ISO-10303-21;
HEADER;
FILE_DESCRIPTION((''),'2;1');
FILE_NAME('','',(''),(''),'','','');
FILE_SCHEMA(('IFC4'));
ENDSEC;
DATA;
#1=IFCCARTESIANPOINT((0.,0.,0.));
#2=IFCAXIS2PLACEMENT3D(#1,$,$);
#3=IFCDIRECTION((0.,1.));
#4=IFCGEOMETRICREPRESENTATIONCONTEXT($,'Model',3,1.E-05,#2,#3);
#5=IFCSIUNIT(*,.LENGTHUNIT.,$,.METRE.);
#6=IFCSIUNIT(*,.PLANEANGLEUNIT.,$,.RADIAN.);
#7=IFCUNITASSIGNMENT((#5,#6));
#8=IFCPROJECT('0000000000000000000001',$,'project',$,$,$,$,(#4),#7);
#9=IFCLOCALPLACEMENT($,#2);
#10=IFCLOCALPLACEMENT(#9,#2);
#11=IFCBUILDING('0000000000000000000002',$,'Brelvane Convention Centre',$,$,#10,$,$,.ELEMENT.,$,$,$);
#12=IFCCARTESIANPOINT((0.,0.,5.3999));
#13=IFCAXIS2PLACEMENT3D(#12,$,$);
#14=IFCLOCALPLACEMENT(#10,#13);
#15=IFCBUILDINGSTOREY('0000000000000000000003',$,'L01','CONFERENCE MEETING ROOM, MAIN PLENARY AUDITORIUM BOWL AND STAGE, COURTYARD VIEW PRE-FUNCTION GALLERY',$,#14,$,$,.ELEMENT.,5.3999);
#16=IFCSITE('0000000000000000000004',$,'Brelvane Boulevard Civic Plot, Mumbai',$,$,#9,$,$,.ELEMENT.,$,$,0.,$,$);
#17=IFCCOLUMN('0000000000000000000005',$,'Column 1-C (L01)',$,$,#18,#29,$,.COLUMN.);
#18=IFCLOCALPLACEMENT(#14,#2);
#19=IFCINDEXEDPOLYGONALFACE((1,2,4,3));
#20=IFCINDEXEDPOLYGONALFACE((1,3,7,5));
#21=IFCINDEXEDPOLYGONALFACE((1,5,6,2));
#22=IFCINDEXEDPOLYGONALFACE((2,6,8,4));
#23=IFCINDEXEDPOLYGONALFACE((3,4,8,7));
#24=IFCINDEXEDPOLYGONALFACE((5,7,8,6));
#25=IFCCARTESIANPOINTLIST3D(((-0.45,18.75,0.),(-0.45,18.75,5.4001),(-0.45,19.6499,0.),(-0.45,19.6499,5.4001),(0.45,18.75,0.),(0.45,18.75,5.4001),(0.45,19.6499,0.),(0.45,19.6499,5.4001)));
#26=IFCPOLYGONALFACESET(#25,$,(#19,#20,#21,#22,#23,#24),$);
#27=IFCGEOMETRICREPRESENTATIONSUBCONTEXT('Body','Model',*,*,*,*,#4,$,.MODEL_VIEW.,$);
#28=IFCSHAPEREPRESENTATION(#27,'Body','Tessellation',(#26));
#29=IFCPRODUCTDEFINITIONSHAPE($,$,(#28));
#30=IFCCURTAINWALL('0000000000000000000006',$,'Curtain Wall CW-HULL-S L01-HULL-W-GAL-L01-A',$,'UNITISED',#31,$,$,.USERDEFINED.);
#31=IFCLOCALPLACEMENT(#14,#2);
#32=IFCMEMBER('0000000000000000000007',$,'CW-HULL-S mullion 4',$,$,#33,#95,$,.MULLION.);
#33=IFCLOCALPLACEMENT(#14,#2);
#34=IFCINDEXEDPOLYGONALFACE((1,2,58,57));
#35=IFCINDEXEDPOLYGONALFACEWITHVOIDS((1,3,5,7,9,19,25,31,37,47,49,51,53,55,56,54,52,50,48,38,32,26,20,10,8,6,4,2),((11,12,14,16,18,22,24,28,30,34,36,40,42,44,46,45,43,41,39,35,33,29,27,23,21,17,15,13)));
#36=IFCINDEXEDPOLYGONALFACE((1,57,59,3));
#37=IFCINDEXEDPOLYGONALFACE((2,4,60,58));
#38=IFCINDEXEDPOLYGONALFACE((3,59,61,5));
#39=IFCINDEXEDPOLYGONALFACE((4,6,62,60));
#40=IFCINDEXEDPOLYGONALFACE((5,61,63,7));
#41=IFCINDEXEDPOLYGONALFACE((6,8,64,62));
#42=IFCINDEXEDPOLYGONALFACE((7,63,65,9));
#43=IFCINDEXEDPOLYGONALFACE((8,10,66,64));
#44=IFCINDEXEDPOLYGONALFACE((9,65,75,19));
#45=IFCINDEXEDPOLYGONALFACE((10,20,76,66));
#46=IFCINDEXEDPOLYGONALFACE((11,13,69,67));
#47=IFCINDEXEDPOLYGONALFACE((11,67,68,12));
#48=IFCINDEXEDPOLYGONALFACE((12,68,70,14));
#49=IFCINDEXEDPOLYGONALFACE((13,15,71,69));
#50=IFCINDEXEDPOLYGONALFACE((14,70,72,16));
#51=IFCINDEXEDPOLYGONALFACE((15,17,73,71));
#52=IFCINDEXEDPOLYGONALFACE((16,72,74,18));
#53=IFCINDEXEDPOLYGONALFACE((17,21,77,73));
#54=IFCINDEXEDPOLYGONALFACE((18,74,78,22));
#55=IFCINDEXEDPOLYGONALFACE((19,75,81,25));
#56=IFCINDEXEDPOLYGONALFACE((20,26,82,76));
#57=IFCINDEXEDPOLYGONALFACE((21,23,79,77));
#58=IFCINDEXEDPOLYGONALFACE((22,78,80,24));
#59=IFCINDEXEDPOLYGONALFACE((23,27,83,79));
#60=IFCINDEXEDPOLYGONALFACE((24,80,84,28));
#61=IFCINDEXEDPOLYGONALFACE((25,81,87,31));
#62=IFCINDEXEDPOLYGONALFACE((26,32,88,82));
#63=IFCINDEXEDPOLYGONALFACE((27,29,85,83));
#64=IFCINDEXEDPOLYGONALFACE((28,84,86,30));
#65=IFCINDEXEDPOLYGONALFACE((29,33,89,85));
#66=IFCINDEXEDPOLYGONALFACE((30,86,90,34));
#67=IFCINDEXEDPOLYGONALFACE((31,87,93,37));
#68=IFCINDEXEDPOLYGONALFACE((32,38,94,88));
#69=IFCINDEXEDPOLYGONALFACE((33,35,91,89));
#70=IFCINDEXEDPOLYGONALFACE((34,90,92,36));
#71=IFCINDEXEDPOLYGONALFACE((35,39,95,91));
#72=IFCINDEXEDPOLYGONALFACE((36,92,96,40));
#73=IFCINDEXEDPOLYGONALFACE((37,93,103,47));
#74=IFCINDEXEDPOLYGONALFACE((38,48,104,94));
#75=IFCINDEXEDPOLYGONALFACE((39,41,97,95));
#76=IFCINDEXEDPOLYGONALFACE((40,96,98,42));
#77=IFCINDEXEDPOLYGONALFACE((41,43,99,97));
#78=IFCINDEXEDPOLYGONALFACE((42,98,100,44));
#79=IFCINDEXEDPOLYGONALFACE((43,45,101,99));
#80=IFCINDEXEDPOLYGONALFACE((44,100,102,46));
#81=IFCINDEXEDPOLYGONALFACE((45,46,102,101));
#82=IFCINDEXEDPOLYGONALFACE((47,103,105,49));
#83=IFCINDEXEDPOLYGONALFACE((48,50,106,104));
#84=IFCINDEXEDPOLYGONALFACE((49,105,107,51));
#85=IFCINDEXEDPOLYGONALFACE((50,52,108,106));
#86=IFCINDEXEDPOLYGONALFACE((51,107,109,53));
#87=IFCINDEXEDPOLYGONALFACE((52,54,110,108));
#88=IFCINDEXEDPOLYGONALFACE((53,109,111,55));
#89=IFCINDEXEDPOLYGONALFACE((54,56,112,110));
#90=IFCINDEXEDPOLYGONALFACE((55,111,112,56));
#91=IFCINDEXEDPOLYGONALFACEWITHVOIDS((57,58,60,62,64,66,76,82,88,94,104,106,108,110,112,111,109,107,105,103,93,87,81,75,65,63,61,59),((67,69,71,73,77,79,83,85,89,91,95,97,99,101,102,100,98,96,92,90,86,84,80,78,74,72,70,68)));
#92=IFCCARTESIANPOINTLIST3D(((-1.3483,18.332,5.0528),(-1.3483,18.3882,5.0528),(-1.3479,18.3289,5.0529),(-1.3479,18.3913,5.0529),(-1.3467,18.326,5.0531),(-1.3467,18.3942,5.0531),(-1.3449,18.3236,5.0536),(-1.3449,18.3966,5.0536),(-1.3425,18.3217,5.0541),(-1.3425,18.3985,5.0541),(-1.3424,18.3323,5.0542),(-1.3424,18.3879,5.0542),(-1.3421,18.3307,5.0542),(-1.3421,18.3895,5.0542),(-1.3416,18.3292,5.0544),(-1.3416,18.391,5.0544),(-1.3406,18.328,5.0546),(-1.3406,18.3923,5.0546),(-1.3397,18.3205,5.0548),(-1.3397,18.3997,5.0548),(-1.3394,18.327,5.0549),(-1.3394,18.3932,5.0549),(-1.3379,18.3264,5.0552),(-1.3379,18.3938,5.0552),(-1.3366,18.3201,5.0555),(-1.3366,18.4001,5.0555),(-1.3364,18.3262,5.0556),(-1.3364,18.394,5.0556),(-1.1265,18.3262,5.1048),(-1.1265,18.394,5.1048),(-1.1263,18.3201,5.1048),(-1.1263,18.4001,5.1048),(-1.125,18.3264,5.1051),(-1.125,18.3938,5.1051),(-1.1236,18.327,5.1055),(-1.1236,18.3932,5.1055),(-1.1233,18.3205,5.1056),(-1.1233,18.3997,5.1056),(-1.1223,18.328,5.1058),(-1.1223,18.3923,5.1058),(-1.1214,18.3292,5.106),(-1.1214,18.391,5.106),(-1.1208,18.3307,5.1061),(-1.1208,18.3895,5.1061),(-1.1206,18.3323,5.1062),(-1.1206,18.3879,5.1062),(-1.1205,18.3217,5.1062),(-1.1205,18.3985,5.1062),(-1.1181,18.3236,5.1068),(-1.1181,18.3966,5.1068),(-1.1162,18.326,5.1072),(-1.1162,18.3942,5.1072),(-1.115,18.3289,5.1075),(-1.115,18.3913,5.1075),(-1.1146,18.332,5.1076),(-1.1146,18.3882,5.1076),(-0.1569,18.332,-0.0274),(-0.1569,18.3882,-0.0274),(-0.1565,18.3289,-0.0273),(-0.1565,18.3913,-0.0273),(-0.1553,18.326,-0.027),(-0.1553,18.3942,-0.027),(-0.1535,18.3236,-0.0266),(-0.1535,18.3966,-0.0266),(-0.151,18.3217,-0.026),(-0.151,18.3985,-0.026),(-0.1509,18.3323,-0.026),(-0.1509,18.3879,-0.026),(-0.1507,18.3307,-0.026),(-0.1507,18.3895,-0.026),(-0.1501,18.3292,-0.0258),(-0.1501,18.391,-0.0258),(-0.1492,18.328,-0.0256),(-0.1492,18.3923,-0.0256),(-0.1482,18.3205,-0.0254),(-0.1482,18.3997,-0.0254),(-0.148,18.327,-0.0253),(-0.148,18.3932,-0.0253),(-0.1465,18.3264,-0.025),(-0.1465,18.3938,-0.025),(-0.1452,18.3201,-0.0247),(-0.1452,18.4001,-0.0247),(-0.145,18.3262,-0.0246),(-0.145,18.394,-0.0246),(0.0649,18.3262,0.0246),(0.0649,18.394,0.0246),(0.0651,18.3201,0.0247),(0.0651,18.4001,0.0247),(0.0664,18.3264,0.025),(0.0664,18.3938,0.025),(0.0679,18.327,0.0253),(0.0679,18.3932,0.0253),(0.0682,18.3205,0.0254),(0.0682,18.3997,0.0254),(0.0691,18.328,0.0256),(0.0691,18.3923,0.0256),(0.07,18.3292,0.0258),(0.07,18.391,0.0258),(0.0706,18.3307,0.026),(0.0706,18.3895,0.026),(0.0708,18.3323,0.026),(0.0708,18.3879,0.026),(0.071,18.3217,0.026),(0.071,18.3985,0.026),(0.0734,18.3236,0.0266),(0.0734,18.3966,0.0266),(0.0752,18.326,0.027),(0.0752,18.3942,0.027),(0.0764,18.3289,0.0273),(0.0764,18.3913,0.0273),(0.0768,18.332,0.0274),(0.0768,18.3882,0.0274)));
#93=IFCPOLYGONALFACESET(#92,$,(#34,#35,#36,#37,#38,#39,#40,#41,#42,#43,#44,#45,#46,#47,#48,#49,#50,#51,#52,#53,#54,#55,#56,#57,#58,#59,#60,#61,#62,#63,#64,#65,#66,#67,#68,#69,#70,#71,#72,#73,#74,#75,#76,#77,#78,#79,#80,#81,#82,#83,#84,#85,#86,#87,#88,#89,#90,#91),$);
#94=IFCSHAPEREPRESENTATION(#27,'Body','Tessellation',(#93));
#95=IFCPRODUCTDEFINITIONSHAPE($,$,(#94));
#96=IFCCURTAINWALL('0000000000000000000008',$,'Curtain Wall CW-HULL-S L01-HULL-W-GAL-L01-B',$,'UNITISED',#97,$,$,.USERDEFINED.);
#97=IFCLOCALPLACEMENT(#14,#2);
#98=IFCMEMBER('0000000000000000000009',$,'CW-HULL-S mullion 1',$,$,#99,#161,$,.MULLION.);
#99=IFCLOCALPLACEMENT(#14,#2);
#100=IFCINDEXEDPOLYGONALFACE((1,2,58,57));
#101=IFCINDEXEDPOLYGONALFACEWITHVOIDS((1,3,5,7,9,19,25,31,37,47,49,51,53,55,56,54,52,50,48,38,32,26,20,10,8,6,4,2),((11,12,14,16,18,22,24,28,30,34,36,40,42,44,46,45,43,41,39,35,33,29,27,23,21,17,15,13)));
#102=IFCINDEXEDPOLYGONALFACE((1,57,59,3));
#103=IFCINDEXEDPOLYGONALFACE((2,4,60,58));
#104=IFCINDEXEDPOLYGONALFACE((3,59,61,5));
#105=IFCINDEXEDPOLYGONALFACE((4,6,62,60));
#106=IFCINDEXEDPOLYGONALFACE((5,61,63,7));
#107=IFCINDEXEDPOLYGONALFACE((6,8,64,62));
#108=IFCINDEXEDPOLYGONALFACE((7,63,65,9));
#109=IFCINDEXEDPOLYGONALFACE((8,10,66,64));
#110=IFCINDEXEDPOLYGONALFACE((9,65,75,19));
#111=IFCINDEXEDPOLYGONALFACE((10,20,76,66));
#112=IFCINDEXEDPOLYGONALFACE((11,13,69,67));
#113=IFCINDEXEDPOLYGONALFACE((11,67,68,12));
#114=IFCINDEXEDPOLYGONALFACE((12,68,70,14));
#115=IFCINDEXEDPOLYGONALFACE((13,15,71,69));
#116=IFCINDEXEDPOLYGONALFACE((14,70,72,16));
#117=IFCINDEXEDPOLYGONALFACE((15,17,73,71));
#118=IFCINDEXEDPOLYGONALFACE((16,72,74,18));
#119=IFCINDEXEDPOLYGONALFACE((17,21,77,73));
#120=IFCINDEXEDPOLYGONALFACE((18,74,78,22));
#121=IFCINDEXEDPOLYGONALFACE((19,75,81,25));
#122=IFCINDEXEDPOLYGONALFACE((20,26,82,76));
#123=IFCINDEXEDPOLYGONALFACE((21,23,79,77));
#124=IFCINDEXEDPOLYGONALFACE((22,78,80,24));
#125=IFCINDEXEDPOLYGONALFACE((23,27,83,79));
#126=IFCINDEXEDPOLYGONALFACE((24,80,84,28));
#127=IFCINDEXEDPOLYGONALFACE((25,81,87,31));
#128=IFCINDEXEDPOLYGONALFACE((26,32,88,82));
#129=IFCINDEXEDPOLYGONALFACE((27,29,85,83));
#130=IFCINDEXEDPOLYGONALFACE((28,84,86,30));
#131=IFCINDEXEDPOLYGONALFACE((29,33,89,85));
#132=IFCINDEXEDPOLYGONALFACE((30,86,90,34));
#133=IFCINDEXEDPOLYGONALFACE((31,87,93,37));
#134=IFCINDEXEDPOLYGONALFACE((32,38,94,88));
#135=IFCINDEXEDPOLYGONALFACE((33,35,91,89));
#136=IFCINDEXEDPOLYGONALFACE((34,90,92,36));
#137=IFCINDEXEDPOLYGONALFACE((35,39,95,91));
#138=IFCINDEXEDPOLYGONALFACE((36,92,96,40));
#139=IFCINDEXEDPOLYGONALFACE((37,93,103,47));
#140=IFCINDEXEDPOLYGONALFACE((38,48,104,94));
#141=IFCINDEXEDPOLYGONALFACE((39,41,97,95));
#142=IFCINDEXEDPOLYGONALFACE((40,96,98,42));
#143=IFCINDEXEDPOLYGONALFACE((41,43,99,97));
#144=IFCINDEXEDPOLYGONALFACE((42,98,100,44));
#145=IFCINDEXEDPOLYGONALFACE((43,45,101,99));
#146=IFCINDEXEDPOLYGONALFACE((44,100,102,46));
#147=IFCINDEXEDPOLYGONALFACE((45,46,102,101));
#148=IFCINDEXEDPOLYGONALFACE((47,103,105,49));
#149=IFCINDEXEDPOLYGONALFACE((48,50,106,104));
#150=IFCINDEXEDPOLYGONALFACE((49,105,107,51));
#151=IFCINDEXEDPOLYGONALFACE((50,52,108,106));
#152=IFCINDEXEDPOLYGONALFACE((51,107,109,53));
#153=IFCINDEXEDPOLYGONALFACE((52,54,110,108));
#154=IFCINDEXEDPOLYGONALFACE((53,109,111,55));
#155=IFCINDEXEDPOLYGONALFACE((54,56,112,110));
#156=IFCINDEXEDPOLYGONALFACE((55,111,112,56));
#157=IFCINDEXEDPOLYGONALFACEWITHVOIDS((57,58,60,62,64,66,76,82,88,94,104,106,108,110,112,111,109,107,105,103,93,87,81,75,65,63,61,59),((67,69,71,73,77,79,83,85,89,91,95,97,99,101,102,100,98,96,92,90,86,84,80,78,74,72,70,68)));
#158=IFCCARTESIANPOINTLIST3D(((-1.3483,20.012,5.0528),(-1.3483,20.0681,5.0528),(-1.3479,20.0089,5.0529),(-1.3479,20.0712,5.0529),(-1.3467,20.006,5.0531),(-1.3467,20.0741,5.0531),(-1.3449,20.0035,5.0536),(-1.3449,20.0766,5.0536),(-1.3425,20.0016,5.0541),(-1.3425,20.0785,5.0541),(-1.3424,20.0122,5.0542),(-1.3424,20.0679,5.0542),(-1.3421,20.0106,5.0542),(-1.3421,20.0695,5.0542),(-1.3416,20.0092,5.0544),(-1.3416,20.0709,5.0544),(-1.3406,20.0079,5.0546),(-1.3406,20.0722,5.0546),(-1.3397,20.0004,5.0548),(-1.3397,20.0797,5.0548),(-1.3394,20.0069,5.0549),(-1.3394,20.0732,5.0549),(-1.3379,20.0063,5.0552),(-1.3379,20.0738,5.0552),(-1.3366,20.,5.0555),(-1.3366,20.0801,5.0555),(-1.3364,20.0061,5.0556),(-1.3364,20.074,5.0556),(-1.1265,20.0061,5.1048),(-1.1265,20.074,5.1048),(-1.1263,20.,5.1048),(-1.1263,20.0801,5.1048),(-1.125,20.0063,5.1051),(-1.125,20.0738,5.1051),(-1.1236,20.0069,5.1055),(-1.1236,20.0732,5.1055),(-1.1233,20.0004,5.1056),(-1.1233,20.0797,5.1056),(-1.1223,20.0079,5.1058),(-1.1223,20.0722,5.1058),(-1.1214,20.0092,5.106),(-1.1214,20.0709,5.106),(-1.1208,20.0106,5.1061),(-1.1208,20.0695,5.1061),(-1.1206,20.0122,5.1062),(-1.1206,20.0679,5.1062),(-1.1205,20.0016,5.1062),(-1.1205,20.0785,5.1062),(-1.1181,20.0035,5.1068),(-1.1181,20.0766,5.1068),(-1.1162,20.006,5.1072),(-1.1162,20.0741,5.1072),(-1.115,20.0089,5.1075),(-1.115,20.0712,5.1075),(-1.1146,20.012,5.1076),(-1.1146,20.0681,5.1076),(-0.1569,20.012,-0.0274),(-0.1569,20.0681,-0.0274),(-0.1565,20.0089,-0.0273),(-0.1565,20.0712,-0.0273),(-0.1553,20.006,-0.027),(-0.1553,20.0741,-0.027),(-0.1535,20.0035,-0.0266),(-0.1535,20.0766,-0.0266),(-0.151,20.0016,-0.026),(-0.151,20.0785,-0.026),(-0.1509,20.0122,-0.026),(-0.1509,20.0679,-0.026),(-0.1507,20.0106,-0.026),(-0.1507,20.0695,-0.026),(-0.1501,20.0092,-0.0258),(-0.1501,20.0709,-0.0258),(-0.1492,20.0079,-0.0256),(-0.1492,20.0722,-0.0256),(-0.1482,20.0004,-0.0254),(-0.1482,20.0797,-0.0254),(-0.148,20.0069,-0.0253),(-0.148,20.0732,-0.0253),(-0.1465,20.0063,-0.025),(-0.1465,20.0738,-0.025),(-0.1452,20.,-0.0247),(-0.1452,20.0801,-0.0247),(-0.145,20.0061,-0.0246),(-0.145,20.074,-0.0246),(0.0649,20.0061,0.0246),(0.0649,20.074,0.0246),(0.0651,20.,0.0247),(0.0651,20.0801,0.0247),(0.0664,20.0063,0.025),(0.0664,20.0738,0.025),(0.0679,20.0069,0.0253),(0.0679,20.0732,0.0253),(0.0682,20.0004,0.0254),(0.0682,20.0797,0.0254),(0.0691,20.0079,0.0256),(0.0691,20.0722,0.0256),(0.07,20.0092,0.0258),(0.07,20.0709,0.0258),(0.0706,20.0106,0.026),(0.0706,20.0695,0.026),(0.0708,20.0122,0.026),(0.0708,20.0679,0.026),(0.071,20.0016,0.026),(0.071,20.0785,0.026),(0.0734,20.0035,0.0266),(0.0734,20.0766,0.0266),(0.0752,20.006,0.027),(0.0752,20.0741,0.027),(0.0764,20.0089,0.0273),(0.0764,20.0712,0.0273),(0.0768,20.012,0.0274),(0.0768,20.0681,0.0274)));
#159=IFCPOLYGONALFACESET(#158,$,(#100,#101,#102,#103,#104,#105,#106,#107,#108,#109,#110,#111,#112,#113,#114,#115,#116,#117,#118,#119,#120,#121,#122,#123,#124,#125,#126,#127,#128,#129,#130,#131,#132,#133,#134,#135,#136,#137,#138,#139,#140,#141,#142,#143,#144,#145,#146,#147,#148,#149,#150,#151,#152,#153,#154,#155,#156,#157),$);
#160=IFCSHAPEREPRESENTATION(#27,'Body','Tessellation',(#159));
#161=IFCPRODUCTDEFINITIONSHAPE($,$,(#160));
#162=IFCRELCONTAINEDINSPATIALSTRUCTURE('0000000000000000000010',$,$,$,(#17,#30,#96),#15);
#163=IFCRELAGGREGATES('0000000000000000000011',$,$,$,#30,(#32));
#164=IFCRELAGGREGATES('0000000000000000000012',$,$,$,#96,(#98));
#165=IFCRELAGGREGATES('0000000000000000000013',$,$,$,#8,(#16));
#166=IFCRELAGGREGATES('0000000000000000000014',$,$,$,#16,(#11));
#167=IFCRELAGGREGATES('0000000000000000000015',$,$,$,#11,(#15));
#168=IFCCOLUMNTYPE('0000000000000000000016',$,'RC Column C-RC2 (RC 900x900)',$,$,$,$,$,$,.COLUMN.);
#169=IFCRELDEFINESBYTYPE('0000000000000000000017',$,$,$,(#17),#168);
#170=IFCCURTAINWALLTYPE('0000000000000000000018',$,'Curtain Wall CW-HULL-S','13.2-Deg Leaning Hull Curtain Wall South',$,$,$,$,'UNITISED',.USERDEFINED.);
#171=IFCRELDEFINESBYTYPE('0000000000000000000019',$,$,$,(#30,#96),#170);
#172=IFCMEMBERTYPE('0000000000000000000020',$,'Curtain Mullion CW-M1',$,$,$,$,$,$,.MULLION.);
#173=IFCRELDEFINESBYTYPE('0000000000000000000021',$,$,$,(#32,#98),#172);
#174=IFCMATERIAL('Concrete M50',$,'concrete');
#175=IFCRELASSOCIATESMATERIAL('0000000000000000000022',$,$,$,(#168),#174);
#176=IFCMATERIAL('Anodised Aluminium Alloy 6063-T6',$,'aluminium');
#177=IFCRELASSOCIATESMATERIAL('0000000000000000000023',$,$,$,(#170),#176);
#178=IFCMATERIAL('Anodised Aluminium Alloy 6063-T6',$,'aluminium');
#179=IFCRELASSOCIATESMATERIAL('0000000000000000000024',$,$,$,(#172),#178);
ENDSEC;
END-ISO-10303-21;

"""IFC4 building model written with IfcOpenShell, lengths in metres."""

from ifc_helpers import new_model, si_unit, direction, frame, origin, origin_2d, place, context, subcontext, project, spatial, rectangle, hollow_rectangle, extrude, material, material_profile, profile_set, type_object, element, aggregate, save


model = new_model("IFC4")

# Units and contexts
model_context = context("Model", 3, precision=1e-05, world=origin(), true_north=direction((0.0, 1.0)))
body_context = subcontext(model_context, "Body", "Model", "MODEL_VIEW")
ifc_project = project(units=[si_unit("LENGTHUNIT", "METRE"), si_unit("PLANEANGLEUNIT", "RADIAN")], contexts=[model_context])

# Site, building, storey
site_placement = place(None, origin())
site = spatial("IfcSite", under=ifc_project, at=site_placement, Name="Brelvane Boulevard Civic Plot, Mumbai", CompositionType="ELEMENT", RefElevation=0.0)
building_placement = place(site_placement, origin())
building = spatial("IfcBuilding", under=site, at=building_placement, Name="Brelvane Convention Centre", CompositionType="ELEMENT")
storey_placement = place(building_placement, frame((0.0, 0.0, 5.3999)))
storey = spatial("IfcBuildingStorey", under=building, at=storey_placement, Name="L01", Description="CONFERENCE MEETING ROOM, MAIN PLENARY AUDITORIUM BOWL AND STAGE, COURTYARD VIEW PRE-FUNCTION GALLERY", CompositionType="ELEMENT", Elevation=5.3999)

# Column
ifc_material_1 = material(Name="Concrete M50", Category="concrete")
ifc_material_profile_1 = material_profile(ifc_material_1, rectangle(XDim=0.8999, YDim=0.8999, at=origin_2d()), Name="RC 900x900")
ifc_profile_set_1 = profile_set([ifc_material_profile_1], Name="Concrete M50")
column_type = type_object("IfcColumnType", Name="RC Column C-RC2 (RC 900x900)", PredefinedType="COLUMN", material=ifc_profile_set_1)
column_placement = place(storey_placement, frame((0.0, 19.2, 0.0), z_axis=(0.0, 0.0, 1.0), x_axis=(1.0, 0.0, 0.0)))
element("IfcColumn", 1, at=column_placement, inside=storey, type_object=column_type, Name="Column 1-C (L01)", PredefinedType="COLUMN", context=body_context, shape_type="SweptSolid", body=[
    extrude(rectangle(XDim=0.8999, YDim=0.8999, at=origin_2d()), origin(), (0.0, 0.0, 1.0), 5.4001),
])

# Curtain wall, member
ifc_material_2 = material(Name="Anodised Aluminium Alloy 6063-T6", Category="aluminium")
curtain_wall_type = type_object("IfcCurtainWallType", Name="Curtain Wall CW-HULL-S", Description="13.2-Deg Leaning Hull Curtain Wall South", ElementType="UNITISED", PredefinedType="USERDEFINED", material=ifc_material_2)
curtain_wall_1_placement = place(storey_placement, origin())
curtain_wall_1 = element("IfcCurtainWall", 2, at=curtain_wall_1_placement, inside=storey, type_object=curtain_wall_type, Name="Curtain Wall CW-HULL-S L01-HULL-W-GAL-L01-A", ObjectType="UNITISED", PredefinedType="USERDEFINED")
ifc_material_3 = material(Name="Anodised Aluminium Alloy 6063-T6", Category="aluminium")
ifc_material_profile_2 = material_profile(ifc_material_3, hollow_rectangle(XDim=0.0801, YDim=0.24, WallThickness=0.0061, InnerFilletRadius=0.0061, OuterFilletRadius=0.012, at=origin_2d()), Name="ALU-M 240x80x6.0")
ifc_profile_set_2 = profile_set([ifc_material_profile_2], Name="Anodised Aluminium Alloy 6063-T6")
member_type_1 = type_object("IfcMemberType", Name="Curtain Mullion CW-M1", PredefinedType="MULLION", material=ifc_profile_set_2)
member_1_placement = place(storey_placement, frame((-0.04, 18.3601, 0.0), z_axis=(-0.22833, 0.0, 0.973584), x_axis=(0.0, -1.0, 0.0)))
member_1 = element("IfcMember", 3, at=member_1_placement, type_object=member_type_1, Name="CW-HULL-S mullion 4", PredefinedType="MULLION", context=body_context, shape_type="SweptSolid", body=[
    extrude(hollow_rectangle(XDim=0.0801, YDim=0.24, WallThickness=0.0061, InnerFilletRadius=0.0061, OuterFilletRadius=0.012, at=origin_2d()), origin(), (0.0, 0.0, 1.0), 5.218),
])

# Curtain wall, member
curtain_wall_2_placement = place(storey_placement, origin())
curtain_wall_2 = element("IfcCurtainWall", 4, at=curtain_wall_2_placement, inside=storey, type_object=curtain_wall_type, Name="Curtain Wall CW-HULL-S L01-HULL-W-GAL-L01-B", ObjectType="UNITISED", PredefinedType="USERDEFINED")
member_2_placement = place(storey_placement, frame((-0.04, 20.04, 0.0), z_axis=(-0.22833, 0.0, 0.973584), x_axis=(0.0, -1.0, 0.0)))
member_2 = element("IfcMember", 5, at=member_2_placement, type_object=member_type_1, Name="CW-HULL-S mullion 1", PredefinedType="MULLION", context=body_context, shape_type="SweptSolid", body=[
    extrude(hollow_rectangle(XDim=0.0801, YDim=0.24, WallThickness=0.0061, InnerFilletRadius=0.0061, OuterFilletRadius=0.012, at=origin_2d()), origin(), (0.0, 0.0, 1.0), 5.218),
])

aggregate(curtain_wall_1, [member_1])
aggregate(curtain_wall_2, [member_2])

save(model, "model.ifc")
